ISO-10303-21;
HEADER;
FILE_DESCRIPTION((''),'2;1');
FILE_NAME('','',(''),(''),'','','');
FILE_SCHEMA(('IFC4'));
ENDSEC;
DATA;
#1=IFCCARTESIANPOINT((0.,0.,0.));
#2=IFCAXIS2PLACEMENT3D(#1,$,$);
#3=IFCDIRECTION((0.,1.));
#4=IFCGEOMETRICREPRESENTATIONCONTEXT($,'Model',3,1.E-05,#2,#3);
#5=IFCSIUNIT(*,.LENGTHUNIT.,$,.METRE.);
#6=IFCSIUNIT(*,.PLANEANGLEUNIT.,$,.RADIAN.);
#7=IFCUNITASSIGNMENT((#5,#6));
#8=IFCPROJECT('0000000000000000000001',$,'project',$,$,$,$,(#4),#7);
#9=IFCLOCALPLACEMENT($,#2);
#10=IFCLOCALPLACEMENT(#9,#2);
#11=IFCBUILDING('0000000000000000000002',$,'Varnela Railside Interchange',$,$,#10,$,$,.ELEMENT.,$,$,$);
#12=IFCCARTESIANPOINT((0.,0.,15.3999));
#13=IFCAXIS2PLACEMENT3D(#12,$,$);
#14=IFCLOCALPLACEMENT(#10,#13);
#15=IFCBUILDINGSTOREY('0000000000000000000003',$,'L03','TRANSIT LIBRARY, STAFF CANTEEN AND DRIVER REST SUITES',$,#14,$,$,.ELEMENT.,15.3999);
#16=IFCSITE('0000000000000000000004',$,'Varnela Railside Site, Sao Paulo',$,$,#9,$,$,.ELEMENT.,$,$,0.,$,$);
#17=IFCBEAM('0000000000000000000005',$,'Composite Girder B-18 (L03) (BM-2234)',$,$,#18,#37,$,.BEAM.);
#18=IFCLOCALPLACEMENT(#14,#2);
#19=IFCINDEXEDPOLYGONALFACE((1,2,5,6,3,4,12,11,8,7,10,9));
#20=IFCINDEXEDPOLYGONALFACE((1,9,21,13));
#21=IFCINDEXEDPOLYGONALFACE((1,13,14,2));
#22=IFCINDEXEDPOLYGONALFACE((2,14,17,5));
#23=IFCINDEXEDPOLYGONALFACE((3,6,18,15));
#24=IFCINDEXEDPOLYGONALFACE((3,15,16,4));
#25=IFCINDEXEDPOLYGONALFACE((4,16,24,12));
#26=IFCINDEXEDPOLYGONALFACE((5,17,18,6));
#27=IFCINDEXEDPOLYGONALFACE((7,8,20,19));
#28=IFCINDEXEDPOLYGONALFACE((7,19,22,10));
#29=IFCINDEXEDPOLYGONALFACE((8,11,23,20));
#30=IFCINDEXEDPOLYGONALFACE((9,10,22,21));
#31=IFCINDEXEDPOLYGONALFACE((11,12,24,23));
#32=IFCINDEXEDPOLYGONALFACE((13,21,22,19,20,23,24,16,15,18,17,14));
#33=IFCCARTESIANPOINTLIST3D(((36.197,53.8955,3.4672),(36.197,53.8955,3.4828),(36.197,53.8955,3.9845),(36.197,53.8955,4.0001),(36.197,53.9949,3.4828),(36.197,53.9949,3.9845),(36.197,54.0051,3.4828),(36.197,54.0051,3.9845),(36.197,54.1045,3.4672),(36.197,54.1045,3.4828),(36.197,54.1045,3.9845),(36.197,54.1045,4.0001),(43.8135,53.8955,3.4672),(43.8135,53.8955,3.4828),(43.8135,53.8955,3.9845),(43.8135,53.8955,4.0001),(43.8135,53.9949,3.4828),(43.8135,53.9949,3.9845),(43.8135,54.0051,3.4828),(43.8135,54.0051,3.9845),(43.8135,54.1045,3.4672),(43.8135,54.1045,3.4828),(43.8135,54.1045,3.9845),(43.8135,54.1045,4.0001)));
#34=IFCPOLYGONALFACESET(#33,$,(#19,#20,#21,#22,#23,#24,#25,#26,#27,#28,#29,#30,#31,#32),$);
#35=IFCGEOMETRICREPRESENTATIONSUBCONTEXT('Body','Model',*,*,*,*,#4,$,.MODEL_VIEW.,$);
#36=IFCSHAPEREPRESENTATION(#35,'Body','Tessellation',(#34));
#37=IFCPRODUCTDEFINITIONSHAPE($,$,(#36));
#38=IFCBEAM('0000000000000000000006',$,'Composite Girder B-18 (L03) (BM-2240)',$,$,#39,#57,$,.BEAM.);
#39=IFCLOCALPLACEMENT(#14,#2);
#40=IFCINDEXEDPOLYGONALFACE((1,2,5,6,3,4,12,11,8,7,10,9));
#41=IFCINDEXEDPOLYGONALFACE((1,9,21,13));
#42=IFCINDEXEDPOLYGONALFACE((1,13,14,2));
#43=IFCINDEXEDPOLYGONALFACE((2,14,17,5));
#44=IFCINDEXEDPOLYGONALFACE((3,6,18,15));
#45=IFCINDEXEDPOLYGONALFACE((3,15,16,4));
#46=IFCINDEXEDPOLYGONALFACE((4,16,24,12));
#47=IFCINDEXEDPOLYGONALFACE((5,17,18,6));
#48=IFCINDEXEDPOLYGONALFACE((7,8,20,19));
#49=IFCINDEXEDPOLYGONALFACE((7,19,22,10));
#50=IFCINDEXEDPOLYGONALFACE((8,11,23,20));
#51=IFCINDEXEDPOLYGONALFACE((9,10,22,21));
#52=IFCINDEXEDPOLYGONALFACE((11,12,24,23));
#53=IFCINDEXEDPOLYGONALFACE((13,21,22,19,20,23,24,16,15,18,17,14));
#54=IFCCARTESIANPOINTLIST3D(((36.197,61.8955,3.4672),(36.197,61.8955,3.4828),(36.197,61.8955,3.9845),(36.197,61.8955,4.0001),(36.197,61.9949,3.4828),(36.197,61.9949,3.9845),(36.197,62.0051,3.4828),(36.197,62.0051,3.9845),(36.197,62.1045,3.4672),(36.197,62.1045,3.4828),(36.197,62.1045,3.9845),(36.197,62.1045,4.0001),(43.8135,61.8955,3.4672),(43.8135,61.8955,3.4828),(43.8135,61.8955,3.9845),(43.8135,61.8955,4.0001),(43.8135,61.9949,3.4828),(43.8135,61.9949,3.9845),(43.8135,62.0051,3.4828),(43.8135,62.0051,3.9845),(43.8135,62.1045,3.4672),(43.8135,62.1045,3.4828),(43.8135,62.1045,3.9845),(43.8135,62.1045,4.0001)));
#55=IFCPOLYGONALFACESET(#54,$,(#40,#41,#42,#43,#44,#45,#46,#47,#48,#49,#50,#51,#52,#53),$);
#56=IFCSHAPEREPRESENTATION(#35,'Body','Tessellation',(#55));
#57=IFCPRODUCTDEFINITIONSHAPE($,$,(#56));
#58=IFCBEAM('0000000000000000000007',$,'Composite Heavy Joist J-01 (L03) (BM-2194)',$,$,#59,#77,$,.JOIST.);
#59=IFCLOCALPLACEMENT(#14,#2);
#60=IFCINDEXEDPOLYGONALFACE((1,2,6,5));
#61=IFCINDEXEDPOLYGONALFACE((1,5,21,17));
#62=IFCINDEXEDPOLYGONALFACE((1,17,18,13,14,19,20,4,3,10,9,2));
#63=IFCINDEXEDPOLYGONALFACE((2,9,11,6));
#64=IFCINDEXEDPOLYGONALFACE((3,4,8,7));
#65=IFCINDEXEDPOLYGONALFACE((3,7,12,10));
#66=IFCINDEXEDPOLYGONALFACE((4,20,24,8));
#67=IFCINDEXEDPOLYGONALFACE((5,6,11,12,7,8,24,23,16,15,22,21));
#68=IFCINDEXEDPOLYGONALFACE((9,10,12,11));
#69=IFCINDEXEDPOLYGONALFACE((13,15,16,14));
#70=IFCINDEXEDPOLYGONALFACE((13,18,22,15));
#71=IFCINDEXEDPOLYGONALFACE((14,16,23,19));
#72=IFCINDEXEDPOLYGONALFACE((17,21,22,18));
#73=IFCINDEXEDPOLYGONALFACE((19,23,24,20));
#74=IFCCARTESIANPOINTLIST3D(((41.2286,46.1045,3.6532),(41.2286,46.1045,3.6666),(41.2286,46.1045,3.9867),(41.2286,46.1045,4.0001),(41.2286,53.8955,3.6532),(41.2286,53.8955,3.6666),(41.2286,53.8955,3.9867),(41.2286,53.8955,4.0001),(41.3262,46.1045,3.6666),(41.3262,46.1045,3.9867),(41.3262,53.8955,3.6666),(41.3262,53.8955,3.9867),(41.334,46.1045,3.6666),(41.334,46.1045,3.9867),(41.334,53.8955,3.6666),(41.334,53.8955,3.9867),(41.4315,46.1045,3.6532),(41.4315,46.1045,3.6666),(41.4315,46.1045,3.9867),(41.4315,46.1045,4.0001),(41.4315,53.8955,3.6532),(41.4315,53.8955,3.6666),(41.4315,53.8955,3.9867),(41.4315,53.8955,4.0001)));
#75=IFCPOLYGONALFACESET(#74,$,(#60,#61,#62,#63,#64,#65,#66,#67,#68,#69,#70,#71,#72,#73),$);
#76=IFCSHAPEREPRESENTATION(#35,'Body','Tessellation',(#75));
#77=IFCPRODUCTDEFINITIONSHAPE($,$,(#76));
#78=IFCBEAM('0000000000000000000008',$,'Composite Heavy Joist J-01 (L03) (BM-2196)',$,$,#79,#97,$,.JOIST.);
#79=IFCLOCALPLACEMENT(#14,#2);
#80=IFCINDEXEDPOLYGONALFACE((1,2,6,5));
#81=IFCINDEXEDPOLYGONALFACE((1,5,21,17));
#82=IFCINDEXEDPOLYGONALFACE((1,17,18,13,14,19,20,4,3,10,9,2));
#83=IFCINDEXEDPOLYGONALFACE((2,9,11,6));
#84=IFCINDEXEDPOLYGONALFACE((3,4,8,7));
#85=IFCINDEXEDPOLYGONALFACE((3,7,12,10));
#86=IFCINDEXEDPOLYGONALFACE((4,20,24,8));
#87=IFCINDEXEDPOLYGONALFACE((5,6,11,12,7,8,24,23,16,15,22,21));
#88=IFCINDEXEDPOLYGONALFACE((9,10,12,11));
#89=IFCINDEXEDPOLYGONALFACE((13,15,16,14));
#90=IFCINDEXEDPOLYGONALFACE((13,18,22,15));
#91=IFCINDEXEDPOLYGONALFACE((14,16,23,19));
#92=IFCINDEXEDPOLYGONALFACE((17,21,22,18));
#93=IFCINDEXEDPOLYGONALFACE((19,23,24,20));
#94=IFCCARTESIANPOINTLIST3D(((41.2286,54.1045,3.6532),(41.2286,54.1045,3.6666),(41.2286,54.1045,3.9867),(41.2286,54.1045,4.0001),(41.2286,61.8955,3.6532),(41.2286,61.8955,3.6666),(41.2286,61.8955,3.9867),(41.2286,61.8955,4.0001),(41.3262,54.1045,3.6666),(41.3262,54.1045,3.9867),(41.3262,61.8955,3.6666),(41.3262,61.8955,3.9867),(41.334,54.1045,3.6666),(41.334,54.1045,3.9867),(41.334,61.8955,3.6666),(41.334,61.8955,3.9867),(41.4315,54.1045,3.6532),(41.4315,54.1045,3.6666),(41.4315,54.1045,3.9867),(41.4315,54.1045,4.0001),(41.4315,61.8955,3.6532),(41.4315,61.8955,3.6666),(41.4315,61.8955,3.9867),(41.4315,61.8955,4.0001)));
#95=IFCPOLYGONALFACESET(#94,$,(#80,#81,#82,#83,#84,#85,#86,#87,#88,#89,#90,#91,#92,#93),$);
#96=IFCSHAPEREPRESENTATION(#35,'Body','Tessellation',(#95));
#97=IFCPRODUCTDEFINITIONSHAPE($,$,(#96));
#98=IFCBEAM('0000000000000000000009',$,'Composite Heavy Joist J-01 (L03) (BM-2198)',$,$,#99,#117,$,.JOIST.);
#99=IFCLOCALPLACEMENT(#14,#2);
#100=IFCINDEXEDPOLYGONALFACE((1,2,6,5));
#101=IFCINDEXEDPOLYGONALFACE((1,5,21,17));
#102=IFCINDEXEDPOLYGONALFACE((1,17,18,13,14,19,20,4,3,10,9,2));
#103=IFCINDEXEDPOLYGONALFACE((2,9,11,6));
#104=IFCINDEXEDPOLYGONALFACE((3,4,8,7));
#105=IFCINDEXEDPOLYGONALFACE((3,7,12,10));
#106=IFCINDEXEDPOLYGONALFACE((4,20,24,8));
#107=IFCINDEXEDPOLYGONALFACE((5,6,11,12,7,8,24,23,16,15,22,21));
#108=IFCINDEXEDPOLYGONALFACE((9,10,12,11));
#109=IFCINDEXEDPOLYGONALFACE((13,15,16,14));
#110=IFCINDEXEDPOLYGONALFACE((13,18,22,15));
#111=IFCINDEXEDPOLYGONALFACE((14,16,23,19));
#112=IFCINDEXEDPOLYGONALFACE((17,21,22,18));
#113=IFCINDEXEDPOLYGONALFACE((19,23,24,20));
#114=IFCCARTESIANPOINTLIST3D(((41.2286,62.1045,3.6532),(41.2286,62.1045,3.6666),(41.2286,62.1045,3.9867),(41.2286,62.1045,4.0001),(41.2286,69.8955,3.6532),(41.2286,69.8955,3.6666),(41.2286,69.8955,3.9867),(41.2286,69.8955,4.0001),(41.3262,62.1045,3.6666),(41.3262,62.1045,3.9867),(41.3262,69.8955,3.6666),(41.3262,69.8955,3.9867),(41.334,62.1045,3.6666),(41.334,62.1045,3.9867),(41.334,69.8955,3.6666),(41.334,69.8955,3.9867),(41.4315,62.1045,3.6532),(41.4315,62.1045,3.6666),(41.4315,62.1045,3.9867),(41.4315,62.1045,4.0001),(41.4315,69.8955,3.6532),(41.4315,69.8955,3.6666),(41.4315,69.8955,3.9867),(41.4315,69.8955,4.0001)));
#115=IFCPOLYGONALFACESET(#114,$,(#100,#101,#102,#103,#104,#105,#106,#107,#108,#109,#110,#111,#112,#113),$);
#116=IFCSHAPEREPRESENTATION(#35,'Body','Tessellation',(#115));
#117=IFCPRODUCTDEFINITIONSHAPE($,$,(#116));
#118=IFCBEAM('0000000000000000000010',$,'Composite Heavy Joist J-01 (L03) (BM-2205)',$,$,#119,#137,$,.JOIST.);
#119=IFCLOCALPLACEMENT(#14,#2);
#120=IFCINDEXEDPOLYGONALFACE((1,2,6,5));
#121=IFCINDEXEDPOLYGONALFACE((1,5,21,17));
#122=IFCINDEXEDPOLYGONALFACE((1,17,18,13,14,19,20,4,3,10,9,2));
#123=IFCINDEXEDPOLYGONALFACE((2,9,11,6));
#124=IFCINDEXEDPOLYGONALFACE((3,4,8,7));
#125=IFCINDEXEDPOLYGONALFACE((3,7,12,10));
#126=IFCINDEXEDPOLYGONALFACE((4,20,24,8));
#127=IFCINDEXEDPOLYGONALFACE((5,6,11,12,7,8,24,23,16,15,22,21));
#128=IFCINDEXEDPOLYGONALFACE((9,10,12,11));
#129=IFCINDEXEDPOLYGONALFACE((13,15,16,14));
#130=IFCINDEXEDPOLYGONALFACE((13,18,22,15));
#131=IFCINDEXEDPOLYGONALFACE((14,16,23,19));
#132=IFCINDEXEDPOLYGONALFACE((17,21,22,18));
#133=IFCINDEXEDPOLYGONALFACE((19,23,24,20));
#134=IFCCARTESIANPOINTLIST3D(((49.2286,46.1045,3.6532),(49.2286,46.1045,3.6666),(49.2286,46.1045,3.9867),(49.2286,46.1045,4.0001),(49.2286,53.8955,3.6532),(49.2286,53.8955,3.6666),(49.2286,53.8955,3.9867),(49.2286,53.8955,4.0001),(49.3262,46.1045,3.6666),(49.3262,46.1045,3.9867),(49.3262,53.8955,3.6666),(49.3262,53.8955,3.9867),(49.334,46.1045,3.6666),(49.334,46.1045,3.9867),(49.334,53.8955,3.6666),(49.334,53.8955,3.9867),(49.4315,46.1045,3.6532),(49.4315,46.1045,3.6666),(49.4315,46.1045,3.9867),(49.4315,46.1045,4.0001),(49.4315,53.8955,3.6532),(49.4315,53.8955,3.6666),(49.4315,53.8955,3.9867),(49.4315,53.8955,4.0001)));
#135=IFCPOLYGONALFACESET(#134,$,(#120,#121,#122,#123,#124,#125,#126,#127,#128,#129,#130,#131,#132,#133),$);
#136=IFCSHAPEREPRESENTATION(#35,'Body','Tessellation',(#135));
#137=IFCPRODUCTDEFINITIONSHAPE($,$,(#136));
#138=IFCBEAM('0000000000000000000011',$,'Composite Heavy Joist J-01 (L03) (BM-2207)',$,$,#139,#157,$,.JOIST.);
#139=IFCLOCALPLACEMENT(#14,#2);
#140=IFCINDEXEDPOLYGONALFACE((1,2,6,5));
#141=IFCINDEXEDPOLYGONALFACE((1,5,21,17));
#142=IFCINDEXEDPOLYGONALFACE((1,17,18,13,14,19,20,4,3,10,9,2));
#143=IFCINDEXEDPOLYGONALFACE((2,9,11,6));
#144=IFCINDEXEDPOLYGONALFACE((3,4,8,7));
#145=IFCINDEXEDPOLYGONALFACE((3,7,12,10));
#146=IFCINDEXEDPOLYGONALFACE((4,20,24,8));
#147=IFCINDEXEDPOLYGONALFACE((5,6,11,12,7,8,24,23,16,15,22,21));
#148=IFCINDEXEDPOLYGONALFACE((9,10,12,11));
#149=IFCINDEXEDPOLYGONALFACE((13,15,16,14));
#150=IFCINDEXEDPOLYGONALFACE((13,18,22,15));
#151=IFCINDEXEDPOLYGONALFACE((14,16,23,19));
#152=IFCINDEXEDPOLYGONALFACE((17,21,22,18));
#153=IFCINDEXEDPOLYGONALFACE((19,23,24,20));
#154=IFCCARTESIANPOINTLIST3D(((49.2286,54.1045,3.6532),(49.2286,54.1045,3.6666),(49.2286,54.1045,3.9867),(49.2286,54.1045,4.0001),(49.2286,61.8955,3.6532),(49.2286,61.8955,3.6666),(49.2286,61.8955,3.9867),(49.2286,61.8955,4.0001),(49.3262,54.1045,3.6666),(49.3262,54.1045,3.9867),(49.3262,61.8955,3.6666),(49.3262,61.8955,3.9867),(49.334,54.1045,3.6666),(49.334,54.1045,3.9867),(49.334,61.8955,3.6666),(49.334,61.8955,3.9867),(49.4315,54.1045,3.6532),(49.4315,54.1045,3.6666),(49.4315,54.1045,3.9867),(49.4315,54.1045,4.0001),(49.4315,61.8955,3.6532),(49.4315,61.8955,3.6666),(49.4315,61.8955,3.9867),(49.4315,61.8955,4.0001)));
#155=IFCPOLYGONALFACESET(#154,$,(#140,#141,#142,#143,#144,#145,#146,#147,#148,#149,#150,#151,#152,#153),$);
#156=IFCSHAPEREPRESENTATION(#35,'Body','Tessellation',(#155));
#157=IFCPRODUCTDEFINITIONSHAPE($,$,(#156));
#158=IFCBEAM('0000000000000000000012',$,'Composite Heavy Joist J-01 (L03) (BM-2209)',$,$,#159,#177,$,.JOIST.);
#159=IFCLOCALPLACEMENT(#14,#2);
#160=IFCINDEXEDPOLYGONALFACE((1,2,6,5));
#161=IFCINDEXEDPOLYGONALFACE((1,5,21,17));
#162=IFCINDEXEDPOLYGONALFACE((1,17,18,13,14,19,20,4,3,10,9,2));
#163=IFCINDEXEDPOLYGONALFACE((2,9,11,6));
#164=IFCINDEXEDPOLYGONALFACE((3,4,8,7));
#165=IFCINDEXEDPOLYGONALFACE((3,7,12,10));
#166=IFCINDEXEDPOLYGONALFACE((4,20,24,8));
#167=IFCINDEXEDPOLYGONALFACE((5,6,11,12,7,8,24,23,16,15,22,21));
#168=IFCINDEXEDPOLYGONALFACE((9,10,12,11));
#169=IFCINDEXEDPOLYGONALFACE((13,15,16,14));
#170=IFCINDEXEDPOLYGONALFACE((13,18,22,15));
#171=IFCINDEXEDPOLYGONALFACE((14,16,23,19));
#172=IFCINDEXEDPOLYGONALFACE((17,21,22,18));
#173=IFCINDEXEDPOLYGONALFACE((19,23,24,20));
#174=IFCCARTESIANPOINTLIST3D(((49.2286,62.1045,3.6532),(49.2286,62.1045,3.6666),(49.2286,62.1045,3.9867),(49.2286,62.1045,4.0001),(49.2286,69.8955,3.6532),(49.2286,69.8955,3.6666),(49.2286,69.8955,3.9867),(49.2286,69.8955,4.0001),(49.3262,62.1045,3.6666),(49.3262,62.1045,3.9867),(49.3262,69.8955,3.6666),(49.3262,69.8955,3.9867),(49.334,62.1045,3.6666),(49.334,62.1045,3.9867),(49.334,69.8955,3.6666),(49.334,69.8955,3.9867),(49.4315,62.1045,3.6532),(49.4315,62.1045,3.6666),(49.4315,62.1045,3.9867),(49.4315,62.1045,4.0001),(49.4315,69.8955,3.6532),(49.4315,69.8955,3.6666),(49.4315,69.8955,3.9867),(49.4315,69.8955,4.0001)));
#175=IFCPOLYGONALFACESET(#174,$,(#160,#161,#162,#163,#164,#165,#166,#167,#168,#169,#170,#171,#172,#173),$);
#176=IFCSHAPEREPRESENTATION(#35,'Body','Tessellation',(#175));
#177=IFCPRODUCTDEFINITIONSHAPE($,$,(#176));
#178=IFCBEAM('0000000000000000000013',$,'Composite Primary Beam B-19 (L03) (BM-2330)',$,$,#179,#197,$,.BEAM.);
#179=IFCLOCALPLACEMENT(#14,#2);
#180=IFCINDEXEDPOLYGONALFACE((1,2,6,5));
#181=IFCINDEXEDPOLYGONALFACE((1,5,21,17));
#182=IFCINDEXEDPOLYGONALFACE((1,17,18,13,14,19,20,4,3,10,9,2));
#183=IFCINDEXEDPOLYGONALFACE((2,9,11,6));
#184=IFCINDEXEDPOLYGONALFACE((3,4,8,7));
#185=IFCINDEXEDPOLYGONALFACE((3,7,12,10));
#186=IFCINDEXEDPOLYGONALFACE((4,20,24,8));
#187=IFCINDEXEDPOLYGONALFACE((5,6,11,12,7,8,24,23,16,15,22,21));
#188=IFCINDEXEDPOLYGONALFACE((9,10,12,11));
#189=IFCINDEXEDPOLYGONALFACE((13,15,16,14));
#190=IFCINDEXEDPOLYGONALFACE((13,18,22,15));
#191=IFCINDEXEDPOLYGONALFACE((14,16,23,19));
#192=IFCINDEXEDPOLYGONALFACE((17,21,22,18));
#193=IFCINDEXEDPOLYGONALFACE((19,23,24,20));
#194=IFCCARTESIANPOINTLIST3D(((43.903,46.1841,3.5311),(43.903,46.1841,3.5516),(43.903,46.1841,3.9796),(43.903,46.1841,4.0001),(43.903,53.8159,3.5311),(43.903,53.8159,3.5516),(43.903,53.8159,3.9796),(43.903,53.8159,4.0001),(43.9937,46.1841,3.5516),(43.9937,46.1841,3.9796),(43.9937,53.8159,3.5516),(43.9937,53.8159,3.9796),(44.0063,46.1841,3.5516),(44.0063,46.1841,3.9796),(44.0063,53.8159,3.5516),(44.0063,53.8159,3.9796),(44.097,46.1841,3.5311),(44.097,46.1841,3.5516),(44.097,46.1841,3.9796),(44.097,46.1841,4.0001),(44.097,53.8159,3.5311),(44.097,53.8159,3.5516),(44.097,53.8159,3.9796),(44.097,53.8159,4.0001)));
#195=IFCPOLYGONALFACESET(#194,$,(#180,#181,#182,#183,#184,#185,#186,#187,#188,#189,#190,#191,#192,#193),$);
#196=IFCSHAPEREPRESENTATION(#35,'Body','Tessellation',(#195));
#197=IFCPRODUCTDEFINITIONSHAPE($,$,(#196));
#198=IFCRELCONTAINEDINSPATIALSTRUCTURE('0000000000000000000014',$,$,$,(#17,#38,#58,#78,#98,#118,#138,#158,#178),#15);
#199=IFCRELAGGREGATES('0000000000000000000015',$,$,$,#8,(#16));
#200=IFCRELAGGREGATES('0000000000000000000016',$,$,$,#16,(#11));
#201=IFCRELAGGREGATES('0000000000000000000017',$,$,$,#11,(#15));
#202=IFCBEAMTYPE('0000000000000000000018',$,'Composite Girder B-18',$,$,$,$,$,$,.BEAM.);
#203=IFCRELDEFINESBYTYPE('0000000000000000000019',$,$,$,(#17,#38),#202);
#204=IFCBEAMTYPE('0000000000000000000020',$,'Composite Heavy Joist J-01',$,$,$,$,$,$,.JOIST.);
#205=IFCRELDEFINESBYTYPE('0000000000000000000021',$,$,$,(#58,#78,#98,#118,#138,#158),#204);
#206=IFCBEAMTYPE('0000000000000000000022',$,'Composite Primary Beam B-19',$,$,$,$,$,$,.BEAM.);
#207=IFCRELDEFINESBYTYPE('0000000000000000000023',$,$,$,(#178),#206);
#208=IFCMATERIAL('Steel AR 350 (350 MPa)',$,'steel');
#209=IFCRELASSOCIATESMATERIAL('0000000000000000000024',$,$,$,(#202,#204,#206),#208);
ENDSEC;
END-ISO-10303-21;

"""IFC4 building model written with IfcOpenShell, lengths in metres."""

from ifc_helpers import new_model, si_unit, direction, frame, origin, origin_2d, place, context, subcontext, project, spatial, i_section, extrude, material, material_profile, profile_set, type_object, element, save


model = new_model("IFC4")

# Units and contexts
model_context = context("Model", 3, precision=1e-05, world=origin(), true_north=direction((0.0, 1.0)))
body_context = subcontext(model_context, "Body", "Model", "MODEL_VIEW")
ifc_project = project(units=[si_unit("LENGTHUNIT", "METRE"), si_unit("PLANEANGLEUNIT", "RADIAN")], contexts=[model_context])

# Site, building, storey
site_placement = place(None, origin())
site = spatial("IfcSite", under=ifc_project, at=site_placement, Name="Varnela Railside Site, Sao Paulo", CompositionType="ELEMENT", RefElevation=0.0)
building_placement = place(site_placement, origin())
building = spatial("IfcBuilding", under=site, at=building_placement, Name="Varnela Railside Interchange", CompositionType="ELEMENT")
storey_placement = place(building_placement, frame((0.0, 0.0, 15.3999)))
storey = spatial("IfcBuildingStorey", under=building, at=storey_placement, Name="L03", Description="TRANSIT LIBRARY, STAFF CANTEEN AND DRIVER REST SUITES", CompositionType="ELEMENT", Elevation=15.3999)

# Shared definitions
ifc_material = material(Name="Steel AR 350 (350 MPa)", Category="steel")

# Beams
ifc_material_profile_1 = material_profile(ifc_material, i_section(OverallWidth=0.209, OverallDepth=0.533, WebThickness=0.0103, FlangeThickness=0.0156, at=origin_2d()), Name="W530x92")
ifc_profile_set_1 = profile_set([ifc_material_profile_1], Name="Steel AR 350 (350 MPa)")
beam_type_1 = type_object("IfcBeamType", Name="Composite Girder B-18", PredefinedType="BEAM", material=ifc_profile_set_1)
for number, where, z_axis, x_axis, name in (
    (1, (36.197, 54.0, 3.7336), (1.0, 0.0, 0.0), (0.0, 1.0, 0.0), "Composite Girder B-18 (L03) (BM-2234)"),
    (2, (36.197, 62.0, 3.7336), (1.0, 0.0, 0.0), (0.0, 1.0, 0.0), "Composite Girder B-18 (L03) (BM-2240)"),
):
    element("IfcBeam", number, at=place(storey_placement, frame(where, z_axis=z_axis, x_axis=x_axis)), inside=storey, type_object=beam_type_1, Name=name, PredefinedType="BEAM", context=body_context, shape_type="SweptSolid", body=[
        extrude(i_section(OverallWidth=0.209, OverallDepth=0.533, WebThickness=0.0103, FlangeThickness=0.0156, at=origin_2d()), origin(), (0.0, 0.0, 1.0), 7.6165),
    ])
ifc_material_profile_2 = material_profile(ifc_material, i_section(OverallWidth=0.2029, OverallDepth=0.3469, WebThickness=0.0078, FlangeThickness=0.0134, at=origin_2d()), Name="W360x64")
ifc_profile_set_2 = profile_set([ifc_material_profile_2], Name="Steel AR 350 (350 MPa)")
beam_type_2 = type_object("IfcBeamType", Name="Composite Heavy Joist J-01", PredefinedType="JOIST", material=ifc_profile_set_2)
for number, where, z_axis, x_axis, name in (
    (3, (41.3301, 46.1045, 3.8267), (0.0, 1.0, 0.0), (-1.0, 0.0, 0.0), "Composite Heavy Joist J-01 (L03) (BM-2194)"),
    (4, (41.3301, 54.1045, 3.8267), (0.0, 1.0, 0.0), (-1.0, 0.0, 0.0), "Composite Heavy Joist J-01 (L03) (BM-2196)"),
    (5, (41.3301, 62.1045, 3.8267), (0.0, 1.0, 0.0), (-1.0, 0.0, 0.0), "Composite Heavy Joist J-01 (L03) (BM-2198)"),
    (6, (49.3301, 46.1045, 3.8267), (0.0, 1.0, 0.0), (-1.0, 0.0, 0.0), "Composite Heavy Joist J-01 (L03) (BM-2205)"),
    (7, (49.3301, 54.1045, 3.8267), (0.0, 1.0, 0.0), (-1.0, 0.0, 0.0), "Composite Heavy Joist J-01 (L03) (BM-2207)"),
    (8, (49.3301, 62.1045, 3.8267), (0.0, 1.0, 0.0), (-1.0, 0.0, 0.0), "Composite Heavy Joist J-01 (L03) (BM-2209)"),
):
    element("IfcBeam", number, at=place(storey_placement, frame(where, z_axis=z_axis, x_axis=x_axis)), inside=storey, type_object=beam_type_2, Name=name, PredefinedType="JOIST", context=body_context, shape_type="SweptSolid", body=[
        extrude(i_section(OverallWidth=0.2029, OverallDepth=0.3469, WebThickness=0.0078, FlangeThickness=0.0134, at=origin_2d()), origin(), (0.0, 0.0, 1.0), 7.791),
    ])
ifc_material_profile_3 = material_profile(ifc_material, i_section(OverallWidth=0.1941, OverallDepth=0.469, WebThickness=0.0127, FlangeThickness=0.0205, at=origin_2d()), Name="W460x106")
ifc_profile_set_3 = profile_set([ifc_material_profile_3], Name="Steel AR 350 (350 MPa)")
beam_type_3 = type_object("IfcBeamType", Name="Composite Primary Beam B-19", PredefinedType="BEAM", material=ifc_profile_set_3)
for number, where, z_axis, x_axis, name in (
    (9, (44.0, 46.1841, 3.7656), (0.0, 1.0, 0.0), (-1.0, 0.0, 0.0), "Composite Primary Beam B-19 (L03) (BM-2330)"),
):
    element("IfcBeam", number, at=place(storey_placement, frame(where, z_axis=z_axis, x_axis=x_axis)), inside=storey, type_object=beam_type_3, Name=name, PredefinedType="BEAM", context=body_context, shape_type="SweptSolid", body=[
        extrude(i_section(OverallWidth=0.1941, OverallDepth=0.469, WebThickness=0.0127, FlangeThickness=0.0205, at=origin_2d()), origin(), (0.0, 0.0, 1.0), 7.6318),
    ])

save(model, "model.ifc")
